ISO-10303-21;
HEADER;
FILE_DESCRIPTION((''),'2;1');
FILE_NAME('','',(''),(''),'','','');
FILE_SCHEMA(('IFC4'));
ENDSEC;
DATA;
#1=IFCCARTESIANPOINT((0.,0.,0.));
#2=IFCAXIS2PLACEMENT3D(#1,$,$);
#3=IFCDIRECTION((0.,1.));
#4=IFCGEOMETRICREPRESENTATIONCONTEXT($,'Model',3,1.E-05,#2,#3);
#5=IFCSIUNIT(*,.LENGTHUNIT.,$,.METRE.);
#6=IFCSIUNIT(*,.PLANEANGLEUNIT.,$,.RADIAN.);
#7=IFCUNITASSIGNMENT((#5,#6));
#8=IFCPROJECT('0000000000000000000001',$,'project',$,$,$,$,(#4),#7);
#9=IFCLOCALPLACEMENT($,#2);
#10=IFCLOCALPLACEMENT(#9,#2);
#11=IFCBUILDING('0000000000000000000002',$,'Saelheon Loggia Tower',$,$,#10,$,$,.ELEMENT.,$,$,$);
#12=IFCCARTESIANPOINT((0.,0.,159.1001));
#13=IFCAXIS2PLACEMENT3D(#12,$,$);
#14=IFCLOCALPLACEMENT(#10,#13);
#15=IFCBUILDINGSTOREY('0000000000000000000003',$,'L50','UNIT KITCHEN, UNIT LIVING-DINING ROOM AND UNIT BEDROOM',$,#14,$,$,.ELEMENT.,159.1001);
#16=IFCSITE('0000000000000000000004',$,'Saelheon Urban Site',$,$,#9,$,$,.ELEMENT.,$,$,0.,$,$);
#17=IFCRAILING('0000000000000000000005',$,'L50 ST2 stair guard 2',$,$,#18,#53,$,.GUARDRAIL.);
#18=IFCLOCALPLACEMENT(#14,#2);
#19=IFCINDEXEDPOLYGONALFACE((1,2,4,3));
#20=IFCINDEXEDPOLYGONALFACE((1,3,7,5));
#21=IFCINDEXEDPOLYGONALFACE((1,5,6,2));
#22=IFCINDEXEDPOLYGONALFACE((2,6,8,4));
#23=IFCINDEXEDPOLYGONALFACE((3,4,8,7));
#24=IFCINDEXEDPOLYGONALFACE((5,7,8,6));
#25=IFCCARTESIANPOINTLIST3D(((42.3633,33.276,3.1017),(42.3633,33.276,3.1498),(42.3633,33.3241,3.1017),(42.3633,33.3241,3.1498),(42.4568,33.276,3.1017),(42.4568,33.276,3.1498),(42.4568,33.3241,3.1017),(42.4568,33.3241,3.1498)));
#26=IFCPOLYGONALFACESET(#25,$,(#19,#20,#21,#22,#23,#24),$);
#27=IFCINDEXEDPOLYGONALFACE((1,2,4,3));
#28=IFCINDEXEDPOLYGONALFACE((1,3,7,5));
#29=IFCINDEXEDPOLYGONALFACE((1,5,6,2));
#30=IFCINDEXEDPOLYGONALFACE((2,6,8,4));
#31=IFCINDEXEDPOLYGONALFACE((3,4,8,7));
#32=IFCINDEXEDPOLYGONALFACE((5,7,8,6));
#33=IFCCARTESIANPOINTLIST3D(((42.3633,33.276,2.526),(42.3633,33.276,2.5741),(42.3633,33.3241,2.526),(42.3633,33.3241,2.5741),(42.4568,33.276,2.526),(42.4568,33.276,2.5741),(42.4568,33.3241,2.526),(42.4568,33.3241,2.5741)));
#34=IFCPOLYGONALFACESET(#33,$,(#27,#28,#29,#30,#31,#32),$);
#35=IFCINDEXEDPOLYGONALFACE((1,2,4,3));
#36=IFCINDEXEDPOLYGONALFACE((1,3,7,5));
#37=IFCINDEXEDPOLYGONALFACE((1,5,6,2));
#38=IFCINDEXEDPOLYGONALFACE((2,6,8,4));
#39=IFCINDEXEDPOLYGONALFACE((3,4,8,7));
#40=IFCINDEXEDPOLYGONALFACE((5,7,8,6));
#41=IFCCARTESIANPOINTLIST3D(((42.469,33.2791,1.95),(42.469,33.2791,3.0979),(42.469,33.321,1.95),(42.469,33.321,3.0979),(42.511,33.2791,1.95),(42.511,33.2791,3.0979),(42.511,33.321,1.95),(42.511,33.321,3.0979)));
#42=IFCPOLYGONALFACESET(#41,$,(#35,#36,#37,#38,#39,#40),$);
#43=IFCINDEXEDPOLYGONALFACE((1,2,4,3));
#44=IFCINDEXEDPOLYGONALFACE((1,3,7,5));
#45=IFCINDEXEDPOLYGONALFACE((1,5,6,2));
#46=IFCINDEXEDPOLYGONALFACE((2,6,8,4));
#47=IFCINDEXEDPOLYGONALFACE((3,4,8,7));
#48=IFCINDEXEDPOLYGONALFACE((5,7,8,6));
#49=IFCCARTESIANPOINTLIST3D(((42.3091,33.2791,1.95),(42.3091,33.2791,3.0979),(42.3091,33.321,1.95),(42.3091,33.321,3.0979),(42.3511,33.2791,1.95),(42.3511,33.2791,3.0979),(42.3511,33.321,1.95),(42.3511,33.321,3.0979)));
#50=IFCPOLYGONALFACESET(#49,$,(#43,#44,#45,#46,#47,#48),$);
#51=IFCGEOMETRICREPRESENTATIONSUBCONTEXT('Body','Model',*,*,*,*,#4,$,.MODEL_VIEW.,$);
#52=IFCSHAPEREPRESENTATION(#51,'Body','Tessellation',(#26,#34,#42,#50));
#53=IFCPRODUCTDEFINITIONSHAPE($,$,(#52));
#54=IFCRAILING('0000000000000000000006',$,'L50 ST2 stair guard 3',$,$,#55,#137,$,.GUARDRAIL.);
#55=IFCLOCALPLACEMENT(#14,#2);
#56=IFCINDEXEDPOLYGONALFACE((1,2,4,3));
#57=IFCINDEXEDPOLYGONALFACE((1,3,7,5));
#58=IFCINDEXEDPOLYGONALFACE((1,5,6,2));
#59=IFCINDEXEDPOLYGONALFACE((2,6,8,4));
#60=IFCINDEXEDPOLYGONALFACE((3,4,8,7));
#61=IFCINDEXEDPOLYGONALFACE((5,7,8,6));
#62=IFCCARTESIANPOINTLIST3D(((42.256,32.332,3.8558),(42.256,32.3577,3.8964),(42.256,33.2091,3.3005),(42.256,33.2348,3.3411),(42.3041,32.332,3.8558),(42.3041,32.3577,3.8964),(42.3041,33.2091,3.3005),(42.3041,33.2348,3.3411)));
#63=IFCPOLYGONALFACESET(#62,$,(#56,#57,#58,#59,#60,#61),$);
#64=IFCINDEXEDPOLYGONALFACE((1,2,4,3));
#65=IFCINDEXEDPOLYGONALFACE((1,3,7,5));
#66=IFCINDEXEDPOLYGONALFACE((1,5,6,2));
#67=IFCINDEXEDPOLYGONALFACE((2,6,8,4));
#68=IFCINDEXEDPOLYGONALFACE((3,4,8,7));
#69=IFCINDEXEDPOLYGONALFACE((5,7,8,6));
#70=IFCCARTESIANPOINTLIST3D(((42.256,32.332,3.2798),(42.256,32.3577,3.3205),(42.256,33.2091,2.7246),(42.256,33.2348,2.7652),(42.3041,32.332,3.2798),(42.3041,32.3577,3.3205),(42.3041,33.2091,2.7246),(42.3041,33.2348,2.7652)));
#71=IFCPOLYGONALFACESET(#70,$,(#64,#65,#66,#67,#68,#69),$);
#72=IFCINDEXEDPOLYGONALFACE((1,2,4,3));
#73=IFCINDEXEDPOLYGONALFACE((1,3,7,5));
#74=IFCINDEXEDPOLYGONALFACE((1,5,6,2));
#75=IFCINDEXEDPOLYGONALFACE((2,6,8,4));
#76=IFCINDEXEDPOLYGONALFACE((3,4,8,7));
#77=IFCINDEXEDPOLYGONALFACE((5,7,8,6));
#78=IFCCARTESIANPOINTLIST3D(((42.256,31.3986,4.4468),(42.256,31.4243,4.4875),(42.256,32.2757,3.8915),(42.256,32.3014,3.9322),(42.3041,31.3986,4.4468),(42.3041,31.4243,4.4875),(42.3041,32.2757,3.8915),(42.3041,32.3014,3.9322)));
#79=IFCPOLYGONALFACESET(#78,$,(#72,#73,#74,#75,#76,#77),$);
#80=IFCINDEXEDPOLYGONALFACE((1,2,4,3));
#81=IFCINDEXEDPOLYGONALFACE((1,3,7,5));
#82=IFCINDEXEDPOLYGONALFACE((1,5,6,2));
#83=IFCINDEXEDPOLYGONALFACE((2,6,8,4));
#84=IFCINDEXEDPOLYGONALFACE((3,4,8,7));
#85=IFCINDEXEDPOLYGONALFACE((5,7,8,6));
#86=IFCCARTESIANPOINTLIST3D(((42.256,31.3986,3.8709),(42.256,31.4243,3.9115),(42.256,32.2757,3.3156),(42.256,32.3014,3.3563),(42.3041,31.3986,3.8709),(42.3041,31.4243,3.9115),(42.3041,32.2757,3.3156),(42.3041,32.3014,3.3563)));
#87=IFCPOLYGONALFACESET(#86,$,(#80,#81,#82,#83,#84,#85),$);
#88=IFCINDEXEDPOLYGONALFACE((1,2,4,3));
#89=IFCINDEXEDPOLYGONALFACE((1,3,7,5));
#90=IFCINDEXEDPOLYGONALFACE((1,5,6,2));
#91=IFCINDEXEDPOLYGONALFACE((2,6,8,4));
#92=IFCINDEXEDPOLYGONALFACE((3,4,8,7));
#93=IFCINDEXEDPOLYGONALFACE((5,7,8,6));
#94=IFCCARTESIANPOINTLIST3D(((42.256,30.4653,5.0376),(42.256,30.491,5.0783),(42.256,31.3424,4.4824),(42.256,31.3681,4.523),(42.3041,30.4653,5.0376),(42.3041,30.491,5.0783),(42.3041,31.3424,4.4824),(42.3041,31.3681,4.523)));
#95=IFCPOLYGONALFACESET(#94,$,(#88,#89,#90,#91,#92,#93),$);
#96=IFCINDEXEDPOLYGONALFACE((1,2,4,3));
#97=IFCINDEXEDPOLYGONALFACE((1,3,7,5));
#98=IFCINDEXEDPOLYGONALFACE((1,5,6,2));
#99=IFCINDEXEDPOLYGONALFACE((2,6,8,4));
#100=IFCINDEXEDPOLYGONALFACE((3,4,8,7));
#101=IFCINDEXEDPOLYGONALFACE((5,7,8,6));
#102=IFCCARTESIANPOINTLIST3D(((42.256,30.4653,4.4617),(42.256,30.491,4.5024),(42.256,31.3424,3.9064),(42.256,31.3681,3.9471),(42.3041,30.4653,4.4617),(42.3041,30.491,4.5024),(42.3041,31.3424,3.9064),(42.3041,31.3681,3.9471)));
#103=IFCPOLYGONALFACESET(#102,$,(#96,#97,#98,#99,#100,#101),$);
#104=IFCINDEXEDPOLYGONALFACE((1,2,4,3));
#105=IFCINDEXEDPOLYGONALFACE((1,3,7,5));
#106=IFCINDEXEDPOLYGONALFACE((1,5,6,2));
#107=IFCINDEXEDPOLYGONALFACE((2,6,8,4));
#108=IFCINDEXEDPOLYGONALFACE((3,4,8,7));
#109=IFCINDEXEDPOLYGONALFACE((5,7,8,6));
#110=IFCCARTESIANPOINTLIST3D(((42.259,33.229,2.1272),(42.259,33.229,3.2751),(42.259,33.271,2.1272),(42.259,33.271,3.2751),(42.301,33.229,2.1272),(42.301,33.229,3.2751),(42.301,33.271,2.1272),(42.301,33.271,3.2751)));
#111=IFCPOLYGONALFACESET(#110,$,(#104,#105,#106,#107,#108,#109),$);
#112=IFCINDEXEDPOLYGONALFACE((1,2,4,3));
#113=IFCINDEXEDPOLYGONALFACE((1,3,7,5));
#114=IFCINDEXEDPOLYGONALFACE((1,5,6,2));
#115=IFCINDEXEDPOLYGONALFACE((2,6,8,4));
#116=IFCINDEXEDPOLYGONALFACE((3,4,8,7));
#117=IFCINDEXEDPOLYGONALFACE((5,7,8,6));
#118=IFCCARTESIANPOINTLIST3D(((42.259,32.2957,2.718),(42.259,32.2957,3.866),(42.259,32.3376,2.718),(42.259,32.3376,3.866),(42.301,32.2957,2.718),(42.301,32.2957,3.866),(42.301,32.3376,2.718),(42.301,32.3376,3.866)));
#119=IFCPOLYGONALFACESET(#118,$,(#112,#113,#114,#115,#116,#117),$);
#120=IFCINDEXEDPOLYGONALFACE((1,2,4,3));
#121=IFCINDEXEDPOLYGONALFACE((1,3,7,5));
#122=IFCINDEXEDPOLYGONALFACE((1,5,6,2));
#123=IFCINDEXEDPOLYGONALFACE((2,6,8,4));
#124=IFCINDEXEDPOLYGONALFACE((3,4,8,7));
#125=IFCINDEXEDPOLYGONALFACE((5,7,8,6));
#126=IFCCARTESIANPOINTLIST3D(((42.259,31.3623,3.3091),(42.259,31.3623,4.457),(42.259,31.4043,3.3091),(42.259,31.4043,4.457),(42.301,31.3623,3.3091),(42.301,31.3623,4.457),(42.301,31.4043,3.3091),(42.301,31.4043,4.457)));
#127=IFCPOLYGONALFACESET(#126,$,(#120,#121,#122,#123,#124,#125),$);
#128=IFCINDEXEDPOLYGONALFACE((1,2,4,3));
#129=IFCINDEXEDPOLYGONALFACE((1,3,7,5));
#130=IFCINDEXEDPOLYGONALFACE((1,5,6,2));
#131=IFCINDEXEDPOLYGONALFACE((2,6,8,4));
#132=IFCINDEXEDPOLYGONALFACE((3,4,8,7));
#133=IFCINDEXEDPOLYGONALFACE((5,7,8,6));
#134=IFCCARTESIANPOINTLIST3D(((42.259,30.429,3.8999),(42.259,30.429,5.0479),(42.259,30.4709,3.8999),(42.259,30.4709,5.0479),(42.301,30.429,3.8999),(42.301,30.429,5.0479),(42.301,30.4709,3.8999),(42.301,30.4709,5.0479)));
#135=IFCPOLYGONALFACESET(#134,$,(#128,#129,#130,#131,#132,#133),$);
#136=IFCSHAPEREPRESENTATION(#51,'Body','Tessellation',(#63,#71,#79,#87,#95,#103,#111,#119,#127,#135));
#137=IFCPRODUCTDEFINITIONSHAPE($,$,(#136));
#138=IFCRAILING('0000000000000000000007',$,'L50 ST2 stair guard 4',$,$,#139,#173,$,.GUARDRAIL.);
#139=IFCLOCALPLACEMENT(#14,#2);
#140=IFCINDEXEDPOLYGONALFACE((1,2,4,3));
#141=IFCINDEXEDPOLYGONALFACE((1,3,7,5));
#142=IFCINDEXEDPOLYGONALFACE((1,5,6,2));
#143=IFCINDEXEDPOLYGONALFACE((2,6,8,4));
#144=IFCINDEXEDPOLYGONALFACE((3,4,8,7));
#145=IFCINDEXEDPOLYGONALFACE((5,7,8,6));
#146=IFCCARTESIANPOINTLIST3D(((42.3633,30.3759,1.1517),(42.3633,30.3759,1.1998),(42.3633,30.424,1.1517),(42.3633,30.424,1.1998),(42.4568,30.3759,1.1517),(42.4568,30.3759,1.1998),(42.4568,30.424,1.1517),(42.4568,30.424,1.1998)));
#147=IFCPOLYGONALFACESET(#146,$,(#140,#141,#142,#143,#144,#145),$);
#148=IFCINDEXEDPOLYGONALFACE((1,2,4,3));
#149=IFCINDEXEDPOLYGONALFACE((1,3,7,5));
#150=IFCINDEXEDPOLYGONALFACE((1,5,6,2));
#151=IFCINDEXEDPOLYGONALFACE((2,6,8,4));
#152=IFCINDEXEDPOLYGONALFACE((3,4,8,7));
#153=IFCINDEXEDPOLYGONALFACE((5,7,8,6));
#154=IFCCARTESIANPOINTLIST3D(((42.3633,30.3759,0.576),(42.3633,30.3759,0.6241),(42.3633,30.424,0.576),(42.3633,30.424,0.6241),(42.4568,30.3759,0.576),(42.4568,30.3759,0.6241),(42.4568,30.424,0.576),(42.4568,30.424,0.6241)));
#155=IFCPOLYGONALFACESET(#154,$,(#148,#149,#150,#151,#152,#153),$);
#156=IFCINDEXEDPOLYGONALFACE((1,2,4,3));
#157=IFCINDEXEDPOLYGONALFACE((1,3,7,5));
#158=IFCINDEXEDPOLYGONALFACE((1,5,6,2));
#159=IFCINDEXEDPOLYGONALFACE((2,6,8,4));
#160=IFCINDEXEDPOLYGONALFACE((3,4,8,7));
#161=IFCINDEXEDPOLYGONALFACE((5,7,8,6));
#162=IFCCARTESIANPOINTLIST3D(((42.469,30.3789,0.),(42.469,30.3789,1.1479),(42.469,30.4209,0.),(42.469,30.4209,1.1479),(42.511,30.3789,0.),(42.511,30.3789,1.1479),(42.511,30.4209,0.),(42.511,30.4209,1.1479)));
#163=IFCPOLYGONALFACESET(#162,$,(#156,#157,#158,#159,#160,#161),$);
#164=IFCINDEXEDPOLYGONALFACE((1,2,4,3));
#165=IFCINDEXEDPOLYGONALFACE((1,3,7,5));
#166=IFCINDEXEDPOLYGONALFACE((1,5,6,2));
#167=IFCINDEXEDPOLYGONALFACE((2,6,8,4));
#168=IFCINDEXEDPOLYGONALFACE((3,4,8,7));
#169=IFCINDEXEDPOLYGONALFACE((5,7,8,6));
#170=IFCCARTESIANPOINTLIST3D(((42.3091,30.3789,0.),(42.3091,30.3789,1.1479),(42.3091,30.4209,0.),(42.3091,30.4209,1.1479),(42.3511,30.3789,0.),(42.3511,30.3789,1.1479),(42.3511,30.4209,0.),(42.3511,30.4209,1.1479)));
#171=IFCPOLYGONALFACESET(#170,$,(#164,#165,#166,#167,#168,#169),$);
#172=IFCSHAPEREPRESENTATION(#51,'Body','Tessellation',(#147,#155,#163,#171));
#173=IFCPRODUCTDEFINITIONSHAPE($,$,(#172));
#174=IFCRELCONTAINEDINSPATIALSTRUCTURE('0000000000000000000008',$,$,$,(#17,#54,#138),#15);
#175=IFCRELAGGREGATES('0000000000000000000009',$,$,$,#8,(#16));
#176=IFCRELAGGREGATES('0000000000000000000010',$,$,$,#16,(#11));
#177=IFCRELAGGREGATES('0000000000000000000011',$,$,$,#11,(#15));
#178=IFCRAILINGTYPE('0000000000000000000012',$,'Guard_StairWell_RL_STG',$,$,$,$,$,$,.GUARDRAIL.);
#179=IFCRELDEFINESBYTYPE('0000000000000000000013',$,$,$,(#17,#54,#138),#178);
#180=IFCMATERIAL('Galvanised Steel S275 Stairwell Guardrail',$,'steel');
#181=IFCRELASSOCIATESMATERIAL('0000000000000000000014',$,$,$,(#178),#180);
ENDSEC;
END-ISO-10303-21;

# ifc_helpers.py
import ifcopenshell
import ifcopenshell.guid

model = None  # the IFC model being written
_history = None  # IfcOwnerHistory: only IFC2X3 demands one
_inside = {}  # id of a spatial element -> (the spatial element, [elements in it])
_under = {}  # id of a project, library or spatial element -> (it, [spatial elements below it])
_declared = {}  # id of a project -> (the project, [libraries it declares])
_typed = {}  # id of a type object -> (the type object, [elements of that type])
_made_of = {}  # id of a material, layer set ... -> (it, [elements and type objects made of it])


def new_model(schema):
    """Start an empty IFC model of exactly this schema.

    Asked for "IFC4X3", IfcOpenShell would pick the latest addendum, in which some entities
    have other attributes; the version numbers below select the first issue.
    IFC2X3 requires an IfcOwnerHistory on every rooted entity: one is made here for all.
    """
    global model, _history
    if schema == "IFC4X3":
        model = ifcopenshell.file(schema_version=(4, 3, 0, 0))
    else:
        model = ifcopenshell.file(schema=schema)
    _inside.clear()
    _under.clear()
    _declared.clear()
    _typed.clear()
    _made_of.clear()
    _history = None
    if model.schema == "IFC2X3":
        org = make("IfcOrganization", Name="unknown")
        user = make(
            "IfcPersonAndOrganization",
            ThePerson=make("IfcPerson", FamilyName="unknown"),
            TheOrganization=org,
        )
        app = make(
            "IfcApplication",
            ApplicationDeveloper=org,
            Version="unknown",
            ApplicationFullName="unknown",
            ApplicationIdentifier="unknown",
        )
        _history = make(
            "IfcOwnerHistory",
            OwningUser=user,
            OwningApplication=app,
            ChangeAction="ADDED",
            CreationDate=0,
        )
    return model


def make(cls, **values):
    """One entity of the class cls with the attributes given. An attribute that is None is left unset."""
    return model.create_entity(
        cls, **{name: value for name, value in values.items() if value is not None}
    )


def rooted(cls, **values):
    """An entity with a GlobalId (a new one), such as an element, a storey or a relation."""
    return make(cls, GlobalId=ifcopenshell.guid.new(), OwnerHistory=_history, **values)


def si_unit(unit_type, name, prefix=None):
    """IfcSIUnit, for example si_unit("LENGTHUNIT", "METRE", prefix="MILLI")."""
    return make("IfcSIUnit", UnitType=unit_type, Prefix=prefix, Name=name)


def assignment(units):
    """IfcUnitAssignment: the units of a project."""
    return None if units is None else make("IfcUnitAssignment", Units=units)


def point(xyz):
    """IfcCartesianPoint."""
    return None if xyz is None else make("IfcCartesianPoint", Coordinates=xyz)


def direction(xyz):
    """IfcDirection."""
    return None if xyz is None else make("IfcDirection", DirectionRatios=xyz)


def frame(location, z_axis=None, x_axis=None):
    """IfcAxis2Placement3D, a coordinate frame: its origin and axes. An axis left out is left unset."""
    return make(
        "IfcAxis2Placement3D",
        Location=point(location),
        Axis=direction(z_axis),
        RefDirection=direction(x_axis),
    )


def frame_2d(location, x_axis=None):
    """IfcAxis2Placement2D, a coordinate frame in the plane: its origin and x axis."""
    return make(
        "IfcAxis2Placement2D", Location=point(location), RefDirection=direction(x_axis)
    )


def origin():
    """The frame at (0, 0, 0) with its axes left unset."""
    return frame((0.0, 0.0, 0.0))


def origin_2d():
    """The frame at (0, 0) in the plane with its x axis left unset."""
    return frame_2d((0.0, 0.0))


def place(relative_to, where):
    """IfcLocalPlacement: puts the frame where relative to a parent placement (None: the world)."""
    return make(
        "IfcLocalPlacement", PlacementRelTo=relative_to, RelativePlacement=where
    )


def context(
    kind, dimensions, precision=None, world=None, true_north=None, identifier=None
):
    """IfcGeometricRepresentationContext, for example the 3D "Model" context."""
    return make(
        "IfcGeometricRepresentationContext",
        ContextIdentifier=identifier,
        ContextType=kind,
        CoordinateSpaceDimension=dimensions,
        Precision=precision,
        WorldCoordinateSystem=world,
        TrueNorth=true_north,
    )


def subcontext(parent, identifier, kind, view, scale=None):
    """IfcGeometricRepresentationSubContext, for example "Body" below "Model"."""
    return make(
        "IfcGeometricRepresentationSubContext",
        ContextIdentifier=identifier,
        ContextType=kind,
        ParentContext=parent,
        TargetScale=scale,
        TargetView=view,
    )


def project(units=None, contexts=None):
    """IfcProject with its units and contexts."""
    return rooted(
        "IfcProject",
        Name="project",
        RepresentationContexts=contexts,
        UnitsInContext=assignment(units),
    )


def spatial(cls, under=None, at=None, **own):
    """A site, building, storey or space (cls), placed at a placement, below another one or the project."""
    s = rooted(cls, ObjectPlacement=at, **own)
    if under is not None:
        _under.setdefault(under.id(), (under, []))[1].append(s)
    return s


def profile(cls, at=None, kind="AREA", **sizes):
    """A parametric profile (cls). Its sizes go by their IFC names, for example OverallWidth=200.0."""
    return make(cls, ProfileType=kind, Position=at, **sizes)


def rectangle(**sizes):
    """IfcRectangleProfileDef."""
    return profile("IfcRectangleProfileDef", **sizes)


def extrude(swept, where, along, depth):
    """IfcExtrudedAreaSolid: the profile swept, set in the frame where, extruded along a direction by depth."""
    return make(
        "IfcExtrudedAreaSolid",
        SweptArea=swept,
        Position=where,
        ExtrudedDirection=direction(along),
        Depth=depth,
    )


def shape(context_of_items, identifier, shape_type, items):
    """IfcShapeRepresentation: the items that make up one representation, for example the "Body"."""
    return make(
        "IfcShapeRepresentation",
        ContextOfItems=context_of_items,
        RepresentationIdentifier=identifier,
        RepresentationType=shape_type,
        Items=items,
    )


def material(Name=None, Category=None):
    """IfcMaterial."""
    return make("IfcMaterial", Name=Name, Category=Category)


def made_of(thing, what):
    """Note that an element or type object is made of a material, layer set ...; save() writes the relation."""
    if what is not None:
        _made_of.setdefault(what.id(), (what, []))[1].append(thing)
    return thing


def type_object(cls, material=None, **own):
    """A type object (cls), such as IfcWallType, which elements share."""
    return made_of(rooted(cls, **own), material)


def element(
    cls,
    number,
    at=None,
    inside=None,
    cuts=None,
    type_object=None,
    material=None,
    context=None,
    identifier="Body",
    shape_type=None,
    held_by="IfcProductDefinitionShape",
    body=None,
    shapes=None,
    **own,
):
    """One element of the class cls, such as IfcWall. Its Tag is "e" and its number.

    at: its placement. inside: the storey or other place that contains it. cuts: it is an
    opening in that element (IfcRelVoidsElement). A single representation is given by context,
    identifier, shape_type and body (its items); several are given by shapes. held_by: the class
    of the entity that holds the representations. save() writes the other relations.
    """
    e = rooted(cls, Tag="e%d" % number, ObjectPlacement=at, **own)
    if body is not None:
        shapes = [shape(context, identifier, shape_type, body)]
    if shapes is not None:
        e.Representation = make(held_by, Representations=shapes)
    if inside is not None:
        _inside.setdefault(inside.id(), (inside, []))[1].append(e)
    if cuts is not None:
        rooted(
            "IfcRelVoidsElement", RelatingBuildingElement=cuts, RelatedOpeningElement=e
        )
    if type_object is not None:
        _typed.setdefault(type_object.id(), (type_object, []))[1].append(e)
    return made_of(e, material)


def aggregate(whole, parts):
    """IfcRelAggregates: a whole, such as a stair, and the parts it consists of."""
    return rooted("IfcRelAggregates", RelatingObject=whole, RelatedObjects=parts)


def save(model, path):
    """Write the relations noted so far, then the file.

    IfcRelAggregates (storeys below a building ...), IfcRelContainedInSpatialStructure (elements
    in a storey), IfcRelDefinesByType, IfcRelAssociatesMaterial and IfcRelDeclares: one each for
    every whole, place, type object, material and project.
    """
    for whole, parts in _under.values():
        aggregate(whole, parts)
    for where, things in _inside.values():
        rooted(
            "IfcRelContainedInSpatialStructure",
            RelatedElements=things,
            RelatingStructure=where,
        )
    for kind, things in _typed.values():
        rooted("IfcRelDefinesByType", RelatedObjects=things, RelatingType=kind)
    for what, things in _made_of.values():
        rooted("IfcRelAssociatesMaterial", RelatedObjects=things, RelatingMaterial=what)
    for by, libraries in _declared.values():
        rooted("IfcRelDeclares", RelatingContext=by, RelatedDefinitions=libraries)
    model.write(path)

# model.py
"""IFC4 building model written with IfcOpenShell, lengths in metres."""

from ifc_helpers import new_model, si_unit, direction, frame, origin, origin_2d, place, context, subcontext, project, spatial, rectangle, extrude, material, type_object, element, save


model = new_model("IFC4")

# Units and contexts
model_context = context("Model", 3, precision=1e-05, world=origin(), true_north=direction((0.0, 1.0)))
body_context = subcontext(model_context, "Body", "Model", "MODEL_VIEW")
ifc_project = project(units=[si_unit("LENGTHUNIT", "METRE"), si_unit("PLANEANGLEUNIT", "RADIAN")], contexts=[model_context])

# Site, building, storey
site_placement = place(None, origin())
site = spatial("IfcSite", under=ifc_project, at=site_placement, Name="Saelheon Urban Site", CompositionType="ELEMENT", RefElevation=0.0)
building_placement = place(site_placement, origin())
building = spatial("IfcBuilding", under=site, at=building_placement, Name="Saelheon Loggia Tower", CompositionType="ELEMENT")
storey_placement = place(building_placement, frame((0.0, 0.0, 159.1001)))
storey = spatial("IfcBuildingStorey", under=building, at=storey_placement, Name="L50", Description="UNIT KITCHEN, UNIT LIVING-DINING ROOM AND UNIT BEDROOM", CompositionType="ELEMENT", Elevation=159.1001)

# Railings
ifc_material_1 = material(Name="Galvanised Steel S275 Stairwell Guardrail", Category="steel")
railing_type_1 = type_object("IfcRailingType", Name="Guard_StairWell_RL_STG", PredefinedType="GUARDRAIL", material=ifc_material_1)
railing_1_placement = place(storey_placement, frame((42.49, 33.3, 1.95)))
element("IfcRailing", 1, at=railing_1_placement, inside=storey, type_object=railing_type_1, Name="L50 ST2 stair guard 2", PredefinedType="GUARDRAIL", context=body_context, shape_type="SweptSolid", body=[
    extrude(rectangle(XDim=0.0481, YDim=0.0481, at=origin_2d()), frame((-0.0332, 0.0, 1.1758), z_axis=(-1.0, 0.0, 0.0), x_axis=(0.0, -1.0, 0.0)), (0.0, 0.0, 1.0), 0.0935),
    extrude(rectangle(XDim=0.0481, YDim=0.0481, at=origin_2d()), frame((-0.0332, 0.0, 0.6001), z_axis=(-1.0, 0.0, 0.0), x_axis=(0.0, -1.0, 0.0)), (0.0, 0.0, 1.0), 0.0935),
    extrude(rectangle(XDim=0.042, YDim=0.042, at=origin_2d()), origin(), (0.0, 0.0, 1.0), 1.1479),
    extrude(rectangle(XDim=0.042, YDim=0.042, at=origin_2d()), frame((-0.1599, 0.0, 0.0)), (0.0, 0.0, 1.0), 1.1479),
])
railing_2_placement = place(storey_placement, frame((42.28, 33.25, 2.1272)))
element("IfcRailing", 2, at=railing_2_placement, inside=storey, type_object=railing_type_1, Name="L50 ST2 stair guard 3", PredefinedType="GUARDRAIL", context=body_context, shape_type="SweptSolid", body=[
    extrude(rectangle(XDim=0.0481, YDim=0.0481, at=origin_2d()), frame((0.0, -0.0281, 1.1936), z_axis=(0.0, -0.844909, 0.53491), x_axis=(1.0, 0.0, 0.0)), (0.0, 0.0, 1.0), 1.0381),
    extrude(rectangle(XDim=0.0481, YDim=0.0481, at=origin_2d()), frame((0.0, -0.0281, 0.6177), z_axis=(0.0, -0.844909, 0.53491), x_axis=(1.0, 0.0, 0.0)), (0.0, 0.0, 1.0), 1.0381),
    extrude(rectangle(XDim=0.0481, YDim=0.0481, at=origin_2d()), frame((0.0, -0.9614, 1.7847), z_axis=(0.0, -0.844909, 0.53491), x_axis=(1.0, 0.0, 0.0)), (0.0, 0.0, 1.0), 1.0381),
    extrude(rectangle(XDim=0.0481, YDim=0.0481, at=origin_2d()), frame((0.0, -0.9614, 1.2087), z_axis=(0.0, -0.844909, 0.53491), x_axis=(1.0, 0.0, 0.0)), (0.0, 0.0, 1.0), 1.0381),
    extrude(rectangle(XDim=0.0481, YDim=0.0481, at=origin_2d()), frame((0.0, -1.8948, 2.3755), z_axis=(0.0, -0.844909, 0.53491), x_axis=(1.0, 0.0, 0.0)), (0.0, 0.0, 1.0), 1.0381),
    extrude(rectangle(XDim=0.0481, YDim=0.0481, at=origin_2d()), frame((0.0, -1.8948, 1.7996), z_axis=(0.0, -0.844909, 0.53491), x_axis=(1.0, 0.0, 0.0)), (0.0, 0.0, 1.0), 1.0381),
    extrude(rectangle(XDim=0.042, YDim=0.042, at=origin_2d()), origin(), (0.0, 0.0, 1.0), 1.1479),
    extrude(rectangle(XDim=0.042, YDim=0.042, at=origin_2d()), frame((0.0, -0.9333, 0.5908)), (0.0, 0.0, 1.0), 1.1479),
    extrude(rectangle(XDim=0.042, YDim=0.042, at=origin_2d()), frame((0.0, -1.8667, 1.1819)), (0.0, 0.0, 1.0), 1.1479),
    extrude(rectangle(XDim=0.042, YDim=0.042, at=origin_2d()), frame((0.0, -2.8, 1.7727)), (0.0, 0.0, 1.0), 1.1479),
])
railing_3_placement = place(storey_placement, frame((42.49, 30.3999, 0.0)))
element("IfcRailing", 3, at=railing_3_placement, inside=storey, type_object=railing_type_1, Name="L50 ST2 stair guard 4", PredefinedType="GUARDRAIL", context=body_context, shape_type="SweptSolid", body=[
    extrude(rectangle(XDim=0.0481, YDim=0.0481, at=origin_2d()), frame((-0.0332, 0.0, 1.1758), z_axis=(-1.0, 0.0, 0.0), x_axis=(0.0, -1.0, 0.0)), (0.0, 0.0, 1.0), 0.0935),
    extrude(rectangle(XDim=0.0481, YDim=0.0481, at=origin_2d()), frame((-0.0332, 0.0, 0.6001), z_axis=(-1.0, 0.0, 0.0), x_axis=(0.0, -1.0, 0.0)), (0.0, 0.0, 1.0), 0.0935),
    extrude(rectangle(XDim=0.042, YDim=0.042, at=origin_2d()), origin(), (0.0, 0.0, 1.0), 1.1479),
    extrude(rectangle(XDim=0.042, YDim=0.042, at=origin_2d()), frame((-0.1599, 0.0, 0.0)), (0.0, 0.0, 1.0), 1.1479),
])

save(model, "model.ifc")
